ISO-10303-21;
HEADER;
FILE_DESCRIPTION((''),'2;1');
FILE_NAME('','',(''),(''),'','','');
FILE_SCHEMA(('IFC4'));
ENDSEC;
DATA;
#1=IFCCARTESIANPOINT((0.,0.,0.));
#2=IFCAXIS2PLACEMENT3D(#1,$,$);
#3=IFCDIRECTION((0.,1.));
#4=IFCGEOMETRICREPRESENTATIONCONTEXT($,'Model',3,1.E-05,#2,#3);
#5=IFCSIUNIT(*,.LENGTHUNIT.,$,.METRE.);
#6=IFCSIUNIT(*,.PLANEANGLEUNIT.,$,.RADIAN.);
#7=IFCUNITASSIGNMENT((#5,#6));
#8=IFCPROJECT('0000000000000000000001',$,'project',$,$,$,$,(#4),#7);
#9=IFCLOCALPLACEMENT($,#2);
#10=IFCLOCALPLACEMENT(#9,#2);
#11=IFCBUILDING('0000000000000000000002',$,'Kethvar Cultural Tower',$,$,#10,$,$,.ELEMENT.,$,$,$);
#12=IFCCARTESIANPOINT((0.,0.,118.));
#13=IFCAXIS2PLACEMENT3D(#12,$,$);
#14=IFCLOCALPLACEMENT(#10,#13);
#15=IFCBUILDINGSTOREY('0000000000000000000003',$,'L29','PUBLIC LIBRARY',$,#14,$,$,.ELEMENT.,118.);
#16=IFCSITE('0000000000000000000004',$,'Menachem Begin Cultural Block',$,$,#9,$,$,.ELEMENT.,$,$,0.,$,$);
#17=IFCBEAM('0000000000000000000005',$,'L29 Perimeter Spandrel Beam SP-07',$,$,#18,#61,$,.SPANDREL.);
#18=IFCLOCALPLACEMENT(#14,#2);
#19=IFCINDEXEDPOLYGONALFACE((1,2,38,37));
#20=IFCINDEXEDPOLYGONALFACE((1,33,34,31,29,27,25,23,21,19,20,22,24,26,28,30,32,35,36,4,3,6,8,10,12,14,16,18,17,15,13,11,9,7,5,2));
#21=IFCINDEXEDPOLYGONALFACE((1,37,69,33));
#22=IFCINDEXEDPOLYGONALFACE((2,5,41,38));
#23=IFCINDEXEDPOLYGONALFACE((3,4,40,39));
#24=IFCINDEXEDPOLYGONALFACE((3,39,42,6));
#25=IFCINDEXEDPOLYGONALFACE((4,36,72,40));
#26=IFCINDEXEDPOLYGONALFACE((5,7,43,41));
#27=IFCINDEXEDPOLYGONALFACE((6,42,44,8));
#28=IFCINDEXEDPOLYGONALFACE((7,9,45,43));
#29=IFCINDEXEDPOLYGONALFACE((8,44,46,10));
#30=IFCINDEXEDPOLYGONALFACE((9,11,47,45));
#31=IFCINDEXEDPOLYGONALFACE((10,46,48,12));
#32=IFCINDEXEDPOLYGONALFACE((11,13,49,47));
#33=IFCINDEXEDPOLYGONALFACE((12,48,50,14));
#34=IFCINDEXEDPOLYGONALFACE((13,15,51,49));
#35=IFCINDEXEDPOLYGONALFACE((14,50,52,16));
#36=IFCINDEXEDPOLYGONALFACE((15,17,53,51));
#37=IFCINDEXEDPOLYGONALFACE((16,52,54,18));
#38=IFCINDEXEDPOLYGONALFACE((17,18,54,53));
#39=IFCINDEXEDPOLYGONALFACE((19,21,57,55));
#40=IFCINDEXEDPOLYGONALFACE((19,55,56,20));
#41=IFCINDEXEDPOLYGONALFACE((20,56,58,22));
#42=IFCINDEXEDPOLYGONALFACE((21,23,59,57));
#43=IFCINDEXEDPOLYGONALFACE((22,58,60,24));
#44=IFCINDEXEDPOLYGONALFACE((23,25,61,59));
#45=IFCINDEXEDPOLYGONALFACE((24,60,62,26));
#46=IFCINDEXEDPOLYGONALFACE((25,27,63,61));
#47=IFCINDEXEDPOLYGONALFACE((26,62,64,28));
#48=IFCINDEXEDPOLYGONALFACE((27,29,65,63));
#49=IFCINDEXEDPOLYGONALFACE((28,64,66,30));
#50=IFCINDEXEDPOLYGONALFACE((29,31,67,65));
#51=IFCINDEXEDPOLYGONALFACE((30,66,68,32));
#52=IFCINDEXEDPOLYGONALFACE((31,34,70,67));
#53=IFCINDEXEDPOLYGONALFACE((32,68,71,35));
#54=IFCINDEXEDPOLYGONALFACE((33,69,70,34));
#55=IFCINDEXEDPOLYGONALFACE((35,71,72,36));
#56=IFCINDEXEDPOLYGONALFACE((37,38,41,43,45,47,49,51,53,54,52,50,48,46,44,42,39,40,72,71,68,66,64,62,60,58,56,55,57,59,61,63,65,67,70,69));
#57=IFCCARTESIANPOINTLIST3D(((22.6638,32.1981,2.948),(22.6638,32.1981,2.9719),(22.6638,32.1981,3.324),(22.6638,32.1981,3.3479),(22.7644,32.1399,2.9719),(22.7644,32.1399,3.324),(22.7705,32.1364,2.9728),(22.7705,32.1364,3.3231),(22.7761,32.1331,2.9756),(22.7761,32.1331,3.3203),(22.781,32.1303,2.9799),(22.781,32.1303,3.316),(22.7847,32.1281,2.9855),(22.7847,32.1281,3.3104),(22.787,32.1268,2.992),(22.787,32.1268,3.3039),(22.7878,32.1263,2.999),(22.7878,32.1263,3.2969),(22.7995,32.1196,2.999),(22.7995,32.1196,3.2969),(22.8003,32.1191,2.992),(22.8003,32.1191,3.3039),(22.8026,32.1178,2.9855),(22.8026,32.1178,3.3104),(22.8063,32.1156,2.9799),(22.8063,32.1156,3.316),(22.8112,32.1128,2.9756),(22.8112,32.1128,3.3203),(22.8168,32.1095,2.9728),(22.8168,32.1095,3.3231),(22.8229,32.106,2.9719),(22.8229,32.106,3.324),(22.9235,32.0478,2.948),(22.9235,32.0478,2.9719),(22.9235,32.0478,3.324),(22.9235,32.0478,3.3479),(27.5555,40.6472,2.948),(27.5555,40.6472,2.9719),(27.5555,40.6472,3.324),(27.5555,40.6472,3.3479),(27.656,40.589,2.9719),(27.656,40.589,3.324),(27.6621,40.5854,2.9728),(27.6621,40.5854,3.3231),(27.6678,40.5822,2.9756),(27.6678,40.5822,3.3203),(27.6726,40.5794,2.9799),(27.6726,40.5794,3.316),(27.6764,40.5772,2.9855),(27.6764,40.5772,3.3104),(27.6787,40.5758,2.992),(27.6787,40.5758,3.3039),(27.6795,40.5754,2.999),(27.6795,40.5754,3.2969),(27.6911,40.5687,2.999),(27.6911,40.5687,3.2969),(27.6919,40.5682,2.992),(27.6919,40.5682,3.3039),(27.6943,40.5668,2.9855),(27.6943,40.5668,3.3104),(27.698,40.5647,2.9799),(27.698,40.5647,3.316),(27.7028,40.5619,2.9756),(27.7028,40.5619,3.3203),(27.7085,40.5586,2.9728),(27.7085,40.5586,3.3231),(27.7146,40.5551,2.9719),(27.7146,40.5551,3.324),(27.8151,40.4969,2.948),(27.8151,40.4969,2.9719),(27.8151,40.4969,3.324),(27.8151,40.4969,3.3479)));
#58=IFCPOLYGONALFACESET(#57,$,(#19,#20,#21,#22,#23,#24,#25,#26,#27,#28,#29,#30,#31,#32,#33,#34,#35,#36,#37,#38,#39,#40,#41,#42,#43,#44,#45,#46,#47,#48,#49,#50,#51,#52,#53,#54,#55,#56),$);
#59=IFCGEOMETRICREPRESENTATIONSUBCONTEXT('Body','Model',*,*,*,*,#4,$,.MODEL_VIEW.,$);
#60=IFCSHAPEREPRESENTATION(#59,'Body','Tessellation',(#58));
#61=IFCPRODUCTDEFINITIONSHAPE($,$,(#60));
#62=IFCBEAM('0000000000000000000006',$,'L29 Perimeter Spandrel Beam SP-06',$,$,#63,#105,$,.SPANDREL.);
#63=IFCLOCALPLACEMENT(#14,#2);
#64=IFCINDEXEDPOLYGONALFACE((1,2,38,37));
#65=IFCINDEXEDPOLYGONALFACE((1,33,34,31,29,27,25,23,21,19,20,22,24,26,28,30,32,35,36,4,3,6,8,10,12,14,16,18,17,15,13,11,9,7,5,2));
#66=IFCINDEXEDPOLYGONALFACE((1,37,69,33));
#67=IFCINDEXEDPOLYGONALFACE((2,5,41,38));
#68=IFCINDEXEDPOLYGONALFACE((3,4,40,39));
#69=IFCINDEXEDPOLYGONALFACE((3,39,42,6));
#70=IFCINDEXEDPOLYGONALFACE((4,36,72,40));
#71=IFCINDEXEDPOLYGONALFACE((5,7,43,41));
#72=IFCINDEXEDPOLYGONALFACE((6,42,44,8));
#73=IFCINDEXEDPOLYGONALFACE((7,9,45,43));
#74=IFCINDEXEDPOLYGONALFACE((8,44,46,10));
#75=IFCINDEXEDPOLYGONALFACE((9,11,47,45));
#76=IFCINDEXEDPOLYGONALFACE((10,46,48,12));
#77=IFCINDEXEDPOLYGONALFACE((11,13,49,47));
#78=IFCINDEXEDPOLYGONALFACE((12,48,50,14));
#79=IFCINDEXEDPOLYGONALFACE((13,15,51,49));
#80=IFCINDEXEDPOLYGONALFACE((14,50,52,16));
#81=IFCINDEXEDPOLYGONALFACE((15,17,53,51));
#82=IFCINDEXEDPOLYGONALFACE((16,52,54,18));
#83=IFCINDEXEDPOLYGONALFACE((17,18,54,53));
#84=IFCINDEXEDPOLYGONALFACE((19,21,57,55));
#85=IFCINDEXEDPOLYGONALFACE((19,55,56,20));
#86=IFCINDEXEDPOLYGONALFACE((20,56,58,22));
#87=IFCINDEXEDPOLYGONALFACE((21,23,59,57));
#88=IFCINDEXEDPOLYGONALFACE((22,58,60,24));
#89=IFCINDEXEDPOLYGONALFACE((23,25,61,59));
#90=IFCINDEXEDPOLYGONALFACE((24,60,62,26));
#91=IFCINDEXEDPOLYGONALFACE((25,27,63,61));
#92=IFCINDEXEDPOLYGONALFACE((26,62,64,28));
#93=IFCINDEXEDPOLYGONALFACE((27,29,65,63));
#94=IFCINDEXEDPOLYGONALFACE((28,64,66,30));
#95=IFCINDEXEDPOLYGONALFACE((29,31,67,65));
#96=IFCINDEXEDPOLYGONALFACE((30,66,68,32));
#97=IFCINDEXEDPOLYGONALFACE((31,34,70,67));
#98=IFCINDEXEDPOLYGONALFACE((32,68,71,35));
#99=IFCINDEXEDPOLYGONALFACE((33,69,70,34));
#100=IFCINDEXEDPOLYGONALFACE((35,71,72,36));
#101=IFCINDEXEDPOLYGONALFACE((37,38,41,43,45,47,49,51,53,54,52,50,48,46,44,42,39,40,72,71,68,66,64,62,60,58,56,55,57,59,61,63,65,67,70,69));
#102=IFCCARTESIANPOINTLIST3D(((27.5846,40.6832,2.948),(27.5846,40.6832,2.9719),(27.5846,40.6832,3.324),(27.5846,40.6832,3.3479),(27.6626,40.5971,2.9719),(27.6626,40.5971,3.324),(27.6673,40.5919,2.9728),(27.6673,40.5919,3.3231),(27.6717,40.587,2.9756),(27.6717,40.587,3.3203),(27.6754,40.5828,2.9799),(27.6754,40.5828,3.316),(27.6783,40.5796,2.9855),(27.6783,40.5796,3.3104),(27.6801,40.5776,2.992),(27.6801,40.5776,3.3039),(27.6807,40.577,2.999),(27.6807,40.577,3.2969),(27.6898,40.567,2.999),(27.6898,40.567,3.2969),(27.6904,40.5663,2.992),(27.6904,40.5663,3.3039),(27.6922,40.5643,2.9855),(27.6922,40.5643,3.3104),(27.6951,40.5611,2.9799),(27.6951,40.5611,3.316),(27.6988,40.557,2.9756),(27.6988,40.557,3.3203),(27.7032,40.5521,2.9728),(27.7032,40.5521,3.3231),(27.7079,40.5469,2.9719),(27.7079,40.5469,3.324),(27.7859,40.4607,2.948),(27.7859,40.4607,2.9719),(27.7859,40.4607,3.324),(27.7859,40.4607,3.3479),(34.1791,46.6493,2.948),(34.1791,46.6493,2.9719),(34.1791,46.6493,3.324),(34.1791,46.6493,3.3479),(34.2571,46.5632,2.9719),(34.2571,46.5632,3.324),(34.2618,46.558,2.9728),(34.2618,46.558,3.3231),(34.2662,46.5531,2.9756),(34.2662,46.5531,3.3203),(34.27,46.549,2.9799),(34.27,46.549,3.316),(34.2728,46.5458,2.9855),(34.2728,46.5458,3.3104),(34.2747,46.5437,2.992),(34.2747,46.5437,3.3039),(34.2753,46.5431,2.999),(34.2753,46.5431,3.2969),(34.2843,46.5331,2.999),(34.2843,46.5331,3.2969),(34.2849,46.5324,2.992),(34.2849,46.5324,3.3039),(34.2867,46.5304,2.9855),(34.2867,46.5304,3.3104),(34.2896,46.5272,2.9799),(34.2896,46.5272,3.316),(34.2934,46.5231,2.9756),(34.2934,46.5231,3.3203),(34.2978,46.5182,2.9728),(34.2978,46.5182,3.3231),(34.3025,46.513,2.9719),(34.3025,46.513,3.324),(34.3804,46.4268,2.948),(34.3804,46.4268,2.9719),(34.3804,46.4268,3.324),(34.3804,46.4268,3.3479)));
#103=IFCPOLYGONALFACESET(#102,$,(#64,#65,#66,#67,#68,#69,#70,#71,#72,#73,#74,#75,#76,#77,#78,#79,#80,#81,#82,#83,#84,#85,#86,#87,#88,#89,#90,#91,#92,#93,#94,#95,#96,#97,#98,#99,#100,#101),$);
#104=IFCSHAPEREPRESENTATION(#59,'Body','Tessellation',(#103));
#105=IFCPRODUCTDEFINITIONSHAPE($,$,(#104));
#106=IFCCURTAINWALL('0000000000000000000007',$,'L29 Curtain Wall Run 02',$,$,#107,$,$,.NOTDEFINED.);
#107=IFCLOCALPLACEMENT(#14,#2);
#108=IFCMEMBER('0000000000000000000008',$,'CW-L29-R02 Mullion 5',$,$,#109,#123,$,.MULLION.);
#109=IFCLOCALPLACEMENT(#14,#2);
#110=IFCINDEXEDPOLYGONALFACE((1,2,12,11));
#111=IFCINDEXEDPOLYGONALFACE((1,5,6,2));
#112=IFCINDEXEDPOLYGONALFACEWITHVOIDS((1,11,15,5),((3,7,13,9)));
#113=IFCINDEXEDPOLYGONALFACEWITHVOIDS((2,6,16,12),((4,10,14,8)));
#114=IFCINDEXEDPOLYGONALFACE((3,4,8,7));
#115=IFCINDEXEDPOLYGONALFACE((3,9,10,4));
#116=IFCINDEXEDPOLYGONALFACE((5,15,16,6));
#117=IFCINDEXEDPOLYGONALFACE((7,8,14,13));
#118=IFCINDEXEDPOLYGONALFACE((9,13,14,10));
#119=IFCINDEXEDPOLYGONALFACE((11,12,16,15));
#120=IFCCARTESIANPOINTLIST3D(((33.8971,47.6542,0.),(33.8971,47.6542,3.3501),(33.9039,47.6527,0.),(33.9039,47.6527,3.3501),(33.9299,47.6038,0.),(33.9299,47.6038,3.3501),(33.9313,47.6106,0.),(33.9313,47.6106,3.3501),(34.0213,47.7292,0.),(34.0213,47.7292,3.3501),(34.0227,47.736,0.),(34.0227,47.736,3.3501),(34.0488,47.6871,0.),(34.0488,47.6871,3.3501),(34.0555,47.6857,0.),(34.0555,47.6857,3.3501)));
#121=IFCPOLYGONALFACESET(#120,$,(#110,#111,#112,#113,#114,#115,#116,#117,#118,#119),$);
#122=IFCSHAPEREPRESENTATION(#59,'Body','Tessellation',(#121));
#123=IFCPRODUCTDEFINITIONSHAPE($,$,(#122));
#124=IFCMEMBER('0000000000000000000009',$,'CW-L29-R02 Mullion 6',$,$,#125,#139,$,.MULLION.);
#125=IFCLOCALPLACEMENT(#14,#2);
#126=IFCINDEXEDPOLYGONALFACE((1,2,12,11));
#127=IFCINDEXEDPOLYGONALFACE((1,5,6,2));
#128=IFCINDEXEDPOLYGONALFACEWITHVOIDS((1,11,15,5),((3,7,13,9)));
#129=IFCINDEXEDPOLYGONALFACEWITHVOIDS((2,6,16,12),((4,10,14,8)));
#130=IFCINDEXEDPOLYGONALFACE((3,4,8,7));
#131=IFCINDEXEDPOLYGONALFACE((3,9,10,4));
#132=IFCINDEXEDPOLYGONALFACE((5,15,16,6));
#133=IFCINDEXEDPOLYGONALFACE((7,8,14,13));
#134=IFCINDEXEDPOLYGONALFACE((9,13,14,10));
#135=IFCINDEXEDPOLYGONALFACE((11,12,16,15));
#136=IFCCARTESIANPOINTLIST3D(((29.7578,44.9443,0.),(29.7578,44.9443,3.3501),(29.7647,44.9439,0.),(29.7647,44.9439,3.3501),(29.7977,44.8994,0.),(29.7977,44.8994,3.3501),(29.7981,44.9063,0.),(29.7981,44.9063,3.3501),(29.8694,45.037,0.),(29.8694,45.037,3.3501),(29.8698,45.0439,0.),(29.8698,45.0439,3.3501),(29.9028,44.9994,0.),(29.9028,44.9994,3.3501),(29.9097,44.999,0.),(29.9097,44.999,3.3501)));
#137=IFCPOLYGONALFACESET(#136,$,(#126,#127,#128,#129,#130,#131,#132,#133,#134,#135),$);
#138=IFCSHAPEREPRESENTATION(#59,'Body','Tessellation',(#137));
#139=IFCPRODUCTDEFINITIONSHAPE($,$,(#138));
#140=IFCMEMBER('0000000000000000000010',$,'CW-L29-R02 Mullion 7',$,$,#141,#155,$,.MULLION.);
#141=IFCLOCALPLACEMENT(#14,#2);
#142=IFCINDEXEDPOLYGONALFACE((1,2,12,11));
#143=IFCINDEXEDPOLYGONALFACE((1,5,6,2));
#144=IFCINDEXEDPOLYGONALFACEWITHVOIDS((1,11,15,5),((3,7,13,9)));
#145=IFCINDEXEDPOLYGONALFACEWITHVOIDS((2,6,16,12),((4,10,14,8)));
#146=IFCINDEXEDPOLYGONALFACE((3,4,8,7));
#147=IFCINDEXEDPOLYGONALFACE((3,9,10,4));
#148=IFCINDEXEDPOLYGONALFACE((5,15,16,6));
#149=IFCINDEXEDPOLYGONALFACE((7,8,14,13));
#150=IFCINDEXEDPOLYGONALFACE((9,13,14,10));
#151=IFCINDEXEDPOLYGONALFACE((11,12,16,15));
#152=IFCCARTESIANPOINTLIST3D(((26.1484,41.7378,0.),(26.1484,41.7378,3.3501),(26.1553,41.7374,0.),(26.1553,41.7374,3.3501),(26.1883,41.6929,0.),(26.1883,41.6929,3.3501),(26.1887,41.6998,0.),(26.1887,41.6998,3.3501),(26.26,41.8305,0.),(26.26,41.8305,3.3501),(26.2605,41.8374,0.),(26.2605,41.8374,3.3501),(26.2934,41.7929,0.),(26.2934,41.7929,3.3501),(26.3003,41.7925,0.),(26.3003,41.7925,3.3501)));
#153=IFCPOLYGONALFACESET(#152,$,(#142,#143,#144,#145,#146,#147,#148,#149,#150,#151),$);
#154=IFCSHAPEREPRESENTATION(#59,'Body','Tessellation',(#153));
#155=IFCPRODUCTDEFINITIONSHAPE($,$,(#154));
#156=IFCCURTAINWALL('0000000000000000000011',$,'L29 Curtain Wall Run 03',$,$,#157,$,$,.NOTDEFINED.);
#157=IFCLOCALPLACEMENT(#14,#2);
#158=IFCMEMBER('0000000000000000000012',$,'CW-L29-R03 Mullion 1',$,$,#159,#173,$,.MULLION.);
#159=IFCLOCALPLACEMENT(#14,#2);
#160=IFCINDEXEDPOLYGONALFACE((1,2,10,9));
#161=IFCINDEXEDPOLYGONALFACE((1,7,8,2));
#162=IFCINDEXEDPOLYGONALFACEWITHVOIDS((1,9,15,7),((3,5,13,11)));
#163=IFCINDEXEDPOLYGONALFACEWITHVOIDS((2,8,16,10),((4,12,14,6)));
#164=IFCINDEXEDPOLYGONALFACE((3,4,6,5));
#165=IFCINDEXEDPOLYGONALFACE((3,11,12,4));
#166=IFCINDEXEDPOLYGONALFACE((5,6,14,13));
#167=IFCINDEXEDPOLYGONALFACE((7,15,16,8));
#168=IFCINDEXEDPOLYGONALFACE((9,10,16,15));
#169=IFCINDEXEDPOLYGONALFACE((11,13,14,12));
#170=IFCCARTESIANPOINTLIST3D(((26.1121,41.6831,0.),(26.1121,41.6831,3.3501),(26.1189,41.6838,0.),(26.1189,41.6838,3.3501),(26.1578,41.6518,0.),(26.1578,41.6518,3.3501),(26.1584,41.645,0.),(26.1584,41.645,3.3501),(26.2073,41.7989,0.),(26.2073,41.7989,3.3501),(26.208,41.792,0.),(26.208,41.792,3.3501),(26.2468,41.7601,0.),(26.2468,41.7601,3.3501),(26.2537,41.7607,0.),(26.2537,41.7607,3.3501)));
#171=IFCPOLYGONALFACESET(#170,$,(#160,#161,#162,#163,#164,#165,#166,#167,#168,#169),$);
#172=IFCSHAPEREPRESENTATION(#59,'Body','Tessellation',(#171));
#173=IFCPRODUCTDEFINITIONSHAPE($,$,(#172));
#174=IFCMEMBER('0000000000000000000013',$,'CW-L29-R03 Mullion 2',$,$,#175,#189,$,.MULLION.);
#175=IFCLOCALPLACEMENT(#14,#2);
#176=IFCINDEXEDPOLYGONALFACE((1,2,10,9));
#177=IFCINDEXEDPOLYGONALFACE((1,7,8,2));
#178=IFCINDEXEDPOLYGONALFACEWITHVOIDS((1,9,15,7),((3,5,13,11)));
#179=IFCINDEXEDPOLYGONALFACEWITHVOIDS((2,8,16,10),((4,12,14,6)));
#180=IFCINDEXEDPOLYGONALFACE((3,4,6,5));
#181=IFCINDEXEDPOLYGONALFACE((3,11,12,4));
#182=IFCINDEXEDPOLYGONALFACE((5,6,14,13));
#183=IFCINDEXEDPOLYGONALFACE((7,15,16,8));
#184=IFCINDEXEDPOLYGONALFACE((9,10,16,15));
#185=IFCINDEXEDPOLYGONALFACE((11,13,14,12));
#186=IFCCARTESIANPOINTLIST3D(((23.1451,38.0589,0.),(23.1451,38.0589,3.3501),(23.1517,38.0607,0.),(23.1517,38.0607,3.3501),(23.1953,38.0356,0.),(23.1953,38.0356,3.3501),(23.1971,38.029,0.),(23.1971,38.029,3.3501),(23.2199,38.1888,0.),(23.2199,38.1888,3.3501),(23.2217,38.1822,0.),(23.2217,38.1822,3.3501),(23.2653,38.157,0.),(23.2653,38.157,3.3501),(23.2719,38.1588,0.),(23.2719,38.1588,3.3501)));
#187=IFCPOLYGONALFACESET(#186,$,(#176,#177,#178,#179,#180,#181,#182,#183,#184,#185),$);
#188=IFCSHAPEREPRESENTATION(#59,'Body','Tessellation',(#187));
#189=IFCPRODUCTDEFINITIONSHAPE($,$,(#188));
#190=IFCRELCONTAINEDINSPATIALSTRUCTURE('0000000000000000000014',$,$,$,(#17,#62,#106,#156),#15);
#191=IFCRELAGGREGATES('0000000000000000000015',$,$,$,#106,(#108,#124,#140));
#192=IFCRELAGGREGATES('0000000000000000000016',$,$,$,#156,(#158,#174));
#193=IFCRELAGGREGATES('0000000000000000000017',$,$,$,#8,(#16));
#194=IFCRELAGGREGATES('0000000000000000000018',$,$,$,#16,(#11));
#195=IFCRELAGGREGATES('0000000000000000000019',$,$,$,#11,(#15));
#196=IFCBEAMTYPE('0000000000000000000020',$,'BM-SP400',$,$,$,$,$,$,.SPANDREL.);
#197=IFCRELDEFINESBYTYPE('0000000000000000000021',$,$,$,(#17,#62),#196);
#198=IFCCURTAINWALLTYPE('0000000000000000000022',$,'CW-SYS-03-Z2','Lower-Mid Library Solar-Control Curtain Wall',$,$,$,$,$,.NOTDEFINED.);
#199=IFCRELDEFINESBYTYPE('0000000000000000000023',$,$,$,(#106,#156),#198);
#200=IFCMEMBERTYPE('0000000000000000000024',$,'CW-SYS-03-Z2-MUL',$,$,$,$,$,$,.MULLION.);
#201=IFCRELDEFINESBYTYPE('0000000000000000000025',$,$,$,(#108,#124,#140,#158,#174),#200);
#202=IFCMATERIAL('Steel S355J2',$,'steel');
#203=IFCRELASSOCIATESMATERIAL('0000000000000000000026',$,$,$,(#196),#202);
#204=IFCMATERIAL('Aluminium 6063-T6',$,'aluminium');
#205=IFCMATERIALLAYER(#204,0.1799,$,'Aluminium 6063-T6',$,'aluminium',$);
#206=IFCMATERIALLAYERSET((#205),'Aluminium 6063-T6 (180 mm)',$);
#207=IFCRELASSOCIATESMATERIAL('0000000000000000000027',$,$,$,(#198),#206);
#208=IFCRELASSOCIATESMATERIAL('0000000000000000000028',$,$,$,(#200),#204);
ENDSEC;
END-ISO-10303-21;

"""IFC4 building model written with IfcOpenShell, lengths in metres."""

from ifc_helpers import new_model, si_unit, direction, frame, origin, origin_2d, place, context, subcontext, project, spatial, hollow_rectangle, i_section, extrude, source, transform, mapped, material, layer, layer_set, material_profile, profile_set, type_object, element, aggregate, save


model = new_model("IFC4")

# Units and contexts
model_context = context("Model", 3, precision=1e-05, world=origin(), true_north=direction((0.0, 1.0)))
body_context = subcontext(model_context, "Body", "Model", "MODEL_VIEW")
ifc_project = project(units=[si_unit("LENGTHUNIT", "METRE"), si_unit("PLANEANGLEUNIT", "RADIAN")], contexts=[model_context])

# Site, building, storey
site_placement = place(None, origin())
site = spatial("IfcSite", under=ifc_project, at=site_placement, Name="Menachem Begin Cultural Block", CompositionType="ELEMENT", RefElevation=0.0)
building_placement = place(site_placement, origin())
building = spatial("IfcBuilding", under=site, at=building_placement, Name="Kethvar Cultural Tower", CompositionType="ELEMENT")
storey_placement = place(building_placement, frame((0.0, 0.0, 118.0)))
storey = spatial("IfcBuildingStorey", under=building, at=storey_placement, Name="L29", Description="PUBLIC LIBRARY", CompositionType="ELEMENT", Elevation=118.0)

# Beams
ifc_material_1 = material(Name="Steel S355J2", Category="steel")
ifc_material_profile_1 = material_profile(ifc_material_1, i_section(OverallWidth=0.3, OverallDepth=0.3999, WebThickness=0.0134, FlangeThickness=0.0239, FilletRadius=0.0271, at=origin_2d()), Name="Steel S355J2 — HEB400")
ifc_profile_set_1 = profile_set([ifc_material_profile_1], Name="Steel S355J2 — HEB400")
beam_type_1 = type_object("IfcBeamType", Name="BM-SP400", PredefinedType="SPANDREL", material=ifc_profile_set_1)
shared_shape_1 = source(origin(), body_context, "Body", "SweptSolid", [
    extrude(i_section(OverallWidth=0.3, OverallDepth=0.3999, WebThickness=0.0134, FlangeThickness=0.0239, FilletRadius=0.0271, at=origin_2d()), origin(), (0.0, 0.0, 1.0), 9.7629),
])
beam_1_placement = place(storey_placement, frame((27.6853, 40.572, 3.1479), z_axis=(-0.501043, -0.865422, 0.0), x_axis=(0.865422, -0.501043, 0.0)))
element("IfcBeam", 1, at=beam_1_placement, inside=storey, type_object=beam_type_1, Name="L29 Perimeter Spandrel Beam SP-07", PredefinedType="SPANDREL", context=body_context, shape_type="MappedRepresentation", body=[
    mapped(shared_shape_1, transform((0.0, 0.0, 0.0), scale=1.0)),
])
shared_shape_2 = source(origin(), body_context, "Body", "SweptSolid", [
    extrude(i_section(OverallWidth=0.3, OverallDepth=0.3999, WebThickness=0.0134, FlangeThickness=0.0239, FilletRadius=0.0271, at=origin_2d()), origin(), (0.0, 0.0, 1.0), 8.8928),
])
beam_2_placement = place(storey_placement, frame((34.2798, 46.5381, 3.1479), z_axis=(-0.741557, -0.67089, 0.0), x_axis=(0.67089, -0.741557, 0.0)))
element("IfcBeam", 2, at=beam_2_placement, inside=storey, type_object=beam_type_1, Name="L29 Perimeter Spandrel Beam SP-06", PredefinedType="SPANDREL", context=body_context, shape_type="MappedRepresentation", body=[
    mapped(shared_shape_2, transform((0.0, 0.0, 0.0), scale=1.0)),
])

# Curtain walls, members
ifc_material_2 = material(Name="Aluminium 6063-T6", Category="aluminium")
ifc_layer_1 = layer(ifc_material_2, 0.1799, Name="Aluminium 6063-T6", Category="aluminium")
ifc_layer_set_1 = layer_set([ifc_layer_1], Name="Aluminium 6063-T6 (180 mm)")
curtain_wall_type = type_object("IfcCurtainWallType", Name="CW-SYS-03-Z2", Description="Lower-Mid Library Solar-Control Curtain Wall", PredefinedType="NOTDEFINED", material=ifc_layer_set_1)
curtain_wall_1_placement = place(storey_placement, origin())
curtain_wall_1 = element("IfcCurtainWall", 3, at=curtain_wall_1_placement, inside=storey, type_object=curtain_wall_type, Name="L29 Curtain Wall Run 02", PredefinedType="NOTDEFINED")
ifc_material_profile_2 = material_profile(ifc_material_2, hollow_rectangle(XDim=0.0601, YDim=0.1499, WallThickness=0.0049, at=origin_2d()), Name="Aluminium 6063-T6 — RHS150x60x5")
ifc_profile_set_2 = profile_set([ifc_material_profile_2], Name="Aluminium 6063-T6 — RHS150x60x5")
member_type_1 = type_object("IfcMemberType", Name="CW-SYS-03-Z2-MUL", PredefinedType="MULLION", material=ifc_profile_set_2)
shared_shape_3 = source(origin(), body_context, "Body", "SweptSolid", [
    extrude(hollow_rectangle(XDim=0.0601, YDim=0.1499, WallThickness=0.0049, at=origin_2d()), origin(), (0.0, 0.0, 1.0), 3.3501),
])
member_1_placement = place(storey_placement, frame((33.9763, 47.6699, 0.0), z_axis=(0.0, 0.0, 1.0), x_axis=(0.545941, -0.837824, 0.0)))
member_1 = element("IfcMember", 4, at=member_1_placement, type_object=member_type_1, Name="CW-L29-R02 Mullion 5", PredefinedType="MULLION", context=body_context, shape_type="MappedRepresentation", body=[
    mapped(shared_shape_3, transform((0.0, 0.0, 0.0), scale=1.0)),
])
member_2_placement = place(storey_placement, frame((29.8337, 44.9717, 0.0), z_axis=(0.0, 0.0, 1.0), x_axis=(0.664187, -0.747566, 0.0)))
member_2 = element("IfcMember", 5, at=member_2_placement, type_object=member_type_1, Name="CW-L29-R02 Mullion 6", PredefinedType="MULLION", context=body_context, shape_type="MappedRepresentation", body=[
    mapped(shared_shape_3, transform((0.0, 0.0, 0.0), scale=1.0)),
])
member_3_placement = place(storey_placement, frame((26.2244, 41.7651, 0.0), z_axis=(0.0, 0.0, 1.0), x_axis=(0.664187, -0.747566, 0.0)))
member_3 = element("IfcMember", 6, at=member_3_placement, type_object=member_type_1, Name="CW-L29-R02 Mullion 7", PredefinedType="MULLION", context=body_context, shape_type="MappedRepresentation", body=[
    mapped(shared_shape_3, transform((0.0, 0.0, 0.0), scale=1.0)),
])
curtain_wall_2_placement = place(storey_placement, origin())
curtain_wall_2 = element("IfcCurtainWall", 7, at=curtain_wall_2_placement, inside=storey, type_object=curtain_wall_type, Name="L29 Curtain Wall Run 03", PredefinedType="NOTDEFINED")
member_4_placement = place(storey_placement, frame((26.1829, 41.7219, 0.0), z_axis=(0.0, 0.0, 1.0), x_axis=(0.772257, -0.63531, 0.0)))
member_4 = element("IfcMember", 8, at=member_4_placement, type_object=member_type_1, Name="CW-L29-R03 Mullion 1", PredefinedType="MULLION", context=body_context, shape_type="MappedRepresentation", body=[
    mapped(shared_shape_3, transform((0.0, 0.0, 0.0), scale=1.0)),
])
member_5_placement = place(storey_placement, frame((23.2085, 38.1089, 0.0), z_axis=(0.0, 0.0, 1.0), x_axis=(0.8664, -0.49935, 0.0)))
member_5 = element("IfcMember", 9, at=member_5_placement, type_object=member_type_1, Name="CW-L29-R03 Mullion 2", PredefinedType="MULLION", context=body_context, shape_type="MappedRepresentation", body=[
    mapped(shared_shape_3, transform((0.0, 0.0, 0.0), scale=1.0)),
])

aggregate(curtain_wall_1, [member_1, member_2, member_3])
aggregate(curtain_wall_2, [member_4, member_5])

save(model, "model.ifc")
